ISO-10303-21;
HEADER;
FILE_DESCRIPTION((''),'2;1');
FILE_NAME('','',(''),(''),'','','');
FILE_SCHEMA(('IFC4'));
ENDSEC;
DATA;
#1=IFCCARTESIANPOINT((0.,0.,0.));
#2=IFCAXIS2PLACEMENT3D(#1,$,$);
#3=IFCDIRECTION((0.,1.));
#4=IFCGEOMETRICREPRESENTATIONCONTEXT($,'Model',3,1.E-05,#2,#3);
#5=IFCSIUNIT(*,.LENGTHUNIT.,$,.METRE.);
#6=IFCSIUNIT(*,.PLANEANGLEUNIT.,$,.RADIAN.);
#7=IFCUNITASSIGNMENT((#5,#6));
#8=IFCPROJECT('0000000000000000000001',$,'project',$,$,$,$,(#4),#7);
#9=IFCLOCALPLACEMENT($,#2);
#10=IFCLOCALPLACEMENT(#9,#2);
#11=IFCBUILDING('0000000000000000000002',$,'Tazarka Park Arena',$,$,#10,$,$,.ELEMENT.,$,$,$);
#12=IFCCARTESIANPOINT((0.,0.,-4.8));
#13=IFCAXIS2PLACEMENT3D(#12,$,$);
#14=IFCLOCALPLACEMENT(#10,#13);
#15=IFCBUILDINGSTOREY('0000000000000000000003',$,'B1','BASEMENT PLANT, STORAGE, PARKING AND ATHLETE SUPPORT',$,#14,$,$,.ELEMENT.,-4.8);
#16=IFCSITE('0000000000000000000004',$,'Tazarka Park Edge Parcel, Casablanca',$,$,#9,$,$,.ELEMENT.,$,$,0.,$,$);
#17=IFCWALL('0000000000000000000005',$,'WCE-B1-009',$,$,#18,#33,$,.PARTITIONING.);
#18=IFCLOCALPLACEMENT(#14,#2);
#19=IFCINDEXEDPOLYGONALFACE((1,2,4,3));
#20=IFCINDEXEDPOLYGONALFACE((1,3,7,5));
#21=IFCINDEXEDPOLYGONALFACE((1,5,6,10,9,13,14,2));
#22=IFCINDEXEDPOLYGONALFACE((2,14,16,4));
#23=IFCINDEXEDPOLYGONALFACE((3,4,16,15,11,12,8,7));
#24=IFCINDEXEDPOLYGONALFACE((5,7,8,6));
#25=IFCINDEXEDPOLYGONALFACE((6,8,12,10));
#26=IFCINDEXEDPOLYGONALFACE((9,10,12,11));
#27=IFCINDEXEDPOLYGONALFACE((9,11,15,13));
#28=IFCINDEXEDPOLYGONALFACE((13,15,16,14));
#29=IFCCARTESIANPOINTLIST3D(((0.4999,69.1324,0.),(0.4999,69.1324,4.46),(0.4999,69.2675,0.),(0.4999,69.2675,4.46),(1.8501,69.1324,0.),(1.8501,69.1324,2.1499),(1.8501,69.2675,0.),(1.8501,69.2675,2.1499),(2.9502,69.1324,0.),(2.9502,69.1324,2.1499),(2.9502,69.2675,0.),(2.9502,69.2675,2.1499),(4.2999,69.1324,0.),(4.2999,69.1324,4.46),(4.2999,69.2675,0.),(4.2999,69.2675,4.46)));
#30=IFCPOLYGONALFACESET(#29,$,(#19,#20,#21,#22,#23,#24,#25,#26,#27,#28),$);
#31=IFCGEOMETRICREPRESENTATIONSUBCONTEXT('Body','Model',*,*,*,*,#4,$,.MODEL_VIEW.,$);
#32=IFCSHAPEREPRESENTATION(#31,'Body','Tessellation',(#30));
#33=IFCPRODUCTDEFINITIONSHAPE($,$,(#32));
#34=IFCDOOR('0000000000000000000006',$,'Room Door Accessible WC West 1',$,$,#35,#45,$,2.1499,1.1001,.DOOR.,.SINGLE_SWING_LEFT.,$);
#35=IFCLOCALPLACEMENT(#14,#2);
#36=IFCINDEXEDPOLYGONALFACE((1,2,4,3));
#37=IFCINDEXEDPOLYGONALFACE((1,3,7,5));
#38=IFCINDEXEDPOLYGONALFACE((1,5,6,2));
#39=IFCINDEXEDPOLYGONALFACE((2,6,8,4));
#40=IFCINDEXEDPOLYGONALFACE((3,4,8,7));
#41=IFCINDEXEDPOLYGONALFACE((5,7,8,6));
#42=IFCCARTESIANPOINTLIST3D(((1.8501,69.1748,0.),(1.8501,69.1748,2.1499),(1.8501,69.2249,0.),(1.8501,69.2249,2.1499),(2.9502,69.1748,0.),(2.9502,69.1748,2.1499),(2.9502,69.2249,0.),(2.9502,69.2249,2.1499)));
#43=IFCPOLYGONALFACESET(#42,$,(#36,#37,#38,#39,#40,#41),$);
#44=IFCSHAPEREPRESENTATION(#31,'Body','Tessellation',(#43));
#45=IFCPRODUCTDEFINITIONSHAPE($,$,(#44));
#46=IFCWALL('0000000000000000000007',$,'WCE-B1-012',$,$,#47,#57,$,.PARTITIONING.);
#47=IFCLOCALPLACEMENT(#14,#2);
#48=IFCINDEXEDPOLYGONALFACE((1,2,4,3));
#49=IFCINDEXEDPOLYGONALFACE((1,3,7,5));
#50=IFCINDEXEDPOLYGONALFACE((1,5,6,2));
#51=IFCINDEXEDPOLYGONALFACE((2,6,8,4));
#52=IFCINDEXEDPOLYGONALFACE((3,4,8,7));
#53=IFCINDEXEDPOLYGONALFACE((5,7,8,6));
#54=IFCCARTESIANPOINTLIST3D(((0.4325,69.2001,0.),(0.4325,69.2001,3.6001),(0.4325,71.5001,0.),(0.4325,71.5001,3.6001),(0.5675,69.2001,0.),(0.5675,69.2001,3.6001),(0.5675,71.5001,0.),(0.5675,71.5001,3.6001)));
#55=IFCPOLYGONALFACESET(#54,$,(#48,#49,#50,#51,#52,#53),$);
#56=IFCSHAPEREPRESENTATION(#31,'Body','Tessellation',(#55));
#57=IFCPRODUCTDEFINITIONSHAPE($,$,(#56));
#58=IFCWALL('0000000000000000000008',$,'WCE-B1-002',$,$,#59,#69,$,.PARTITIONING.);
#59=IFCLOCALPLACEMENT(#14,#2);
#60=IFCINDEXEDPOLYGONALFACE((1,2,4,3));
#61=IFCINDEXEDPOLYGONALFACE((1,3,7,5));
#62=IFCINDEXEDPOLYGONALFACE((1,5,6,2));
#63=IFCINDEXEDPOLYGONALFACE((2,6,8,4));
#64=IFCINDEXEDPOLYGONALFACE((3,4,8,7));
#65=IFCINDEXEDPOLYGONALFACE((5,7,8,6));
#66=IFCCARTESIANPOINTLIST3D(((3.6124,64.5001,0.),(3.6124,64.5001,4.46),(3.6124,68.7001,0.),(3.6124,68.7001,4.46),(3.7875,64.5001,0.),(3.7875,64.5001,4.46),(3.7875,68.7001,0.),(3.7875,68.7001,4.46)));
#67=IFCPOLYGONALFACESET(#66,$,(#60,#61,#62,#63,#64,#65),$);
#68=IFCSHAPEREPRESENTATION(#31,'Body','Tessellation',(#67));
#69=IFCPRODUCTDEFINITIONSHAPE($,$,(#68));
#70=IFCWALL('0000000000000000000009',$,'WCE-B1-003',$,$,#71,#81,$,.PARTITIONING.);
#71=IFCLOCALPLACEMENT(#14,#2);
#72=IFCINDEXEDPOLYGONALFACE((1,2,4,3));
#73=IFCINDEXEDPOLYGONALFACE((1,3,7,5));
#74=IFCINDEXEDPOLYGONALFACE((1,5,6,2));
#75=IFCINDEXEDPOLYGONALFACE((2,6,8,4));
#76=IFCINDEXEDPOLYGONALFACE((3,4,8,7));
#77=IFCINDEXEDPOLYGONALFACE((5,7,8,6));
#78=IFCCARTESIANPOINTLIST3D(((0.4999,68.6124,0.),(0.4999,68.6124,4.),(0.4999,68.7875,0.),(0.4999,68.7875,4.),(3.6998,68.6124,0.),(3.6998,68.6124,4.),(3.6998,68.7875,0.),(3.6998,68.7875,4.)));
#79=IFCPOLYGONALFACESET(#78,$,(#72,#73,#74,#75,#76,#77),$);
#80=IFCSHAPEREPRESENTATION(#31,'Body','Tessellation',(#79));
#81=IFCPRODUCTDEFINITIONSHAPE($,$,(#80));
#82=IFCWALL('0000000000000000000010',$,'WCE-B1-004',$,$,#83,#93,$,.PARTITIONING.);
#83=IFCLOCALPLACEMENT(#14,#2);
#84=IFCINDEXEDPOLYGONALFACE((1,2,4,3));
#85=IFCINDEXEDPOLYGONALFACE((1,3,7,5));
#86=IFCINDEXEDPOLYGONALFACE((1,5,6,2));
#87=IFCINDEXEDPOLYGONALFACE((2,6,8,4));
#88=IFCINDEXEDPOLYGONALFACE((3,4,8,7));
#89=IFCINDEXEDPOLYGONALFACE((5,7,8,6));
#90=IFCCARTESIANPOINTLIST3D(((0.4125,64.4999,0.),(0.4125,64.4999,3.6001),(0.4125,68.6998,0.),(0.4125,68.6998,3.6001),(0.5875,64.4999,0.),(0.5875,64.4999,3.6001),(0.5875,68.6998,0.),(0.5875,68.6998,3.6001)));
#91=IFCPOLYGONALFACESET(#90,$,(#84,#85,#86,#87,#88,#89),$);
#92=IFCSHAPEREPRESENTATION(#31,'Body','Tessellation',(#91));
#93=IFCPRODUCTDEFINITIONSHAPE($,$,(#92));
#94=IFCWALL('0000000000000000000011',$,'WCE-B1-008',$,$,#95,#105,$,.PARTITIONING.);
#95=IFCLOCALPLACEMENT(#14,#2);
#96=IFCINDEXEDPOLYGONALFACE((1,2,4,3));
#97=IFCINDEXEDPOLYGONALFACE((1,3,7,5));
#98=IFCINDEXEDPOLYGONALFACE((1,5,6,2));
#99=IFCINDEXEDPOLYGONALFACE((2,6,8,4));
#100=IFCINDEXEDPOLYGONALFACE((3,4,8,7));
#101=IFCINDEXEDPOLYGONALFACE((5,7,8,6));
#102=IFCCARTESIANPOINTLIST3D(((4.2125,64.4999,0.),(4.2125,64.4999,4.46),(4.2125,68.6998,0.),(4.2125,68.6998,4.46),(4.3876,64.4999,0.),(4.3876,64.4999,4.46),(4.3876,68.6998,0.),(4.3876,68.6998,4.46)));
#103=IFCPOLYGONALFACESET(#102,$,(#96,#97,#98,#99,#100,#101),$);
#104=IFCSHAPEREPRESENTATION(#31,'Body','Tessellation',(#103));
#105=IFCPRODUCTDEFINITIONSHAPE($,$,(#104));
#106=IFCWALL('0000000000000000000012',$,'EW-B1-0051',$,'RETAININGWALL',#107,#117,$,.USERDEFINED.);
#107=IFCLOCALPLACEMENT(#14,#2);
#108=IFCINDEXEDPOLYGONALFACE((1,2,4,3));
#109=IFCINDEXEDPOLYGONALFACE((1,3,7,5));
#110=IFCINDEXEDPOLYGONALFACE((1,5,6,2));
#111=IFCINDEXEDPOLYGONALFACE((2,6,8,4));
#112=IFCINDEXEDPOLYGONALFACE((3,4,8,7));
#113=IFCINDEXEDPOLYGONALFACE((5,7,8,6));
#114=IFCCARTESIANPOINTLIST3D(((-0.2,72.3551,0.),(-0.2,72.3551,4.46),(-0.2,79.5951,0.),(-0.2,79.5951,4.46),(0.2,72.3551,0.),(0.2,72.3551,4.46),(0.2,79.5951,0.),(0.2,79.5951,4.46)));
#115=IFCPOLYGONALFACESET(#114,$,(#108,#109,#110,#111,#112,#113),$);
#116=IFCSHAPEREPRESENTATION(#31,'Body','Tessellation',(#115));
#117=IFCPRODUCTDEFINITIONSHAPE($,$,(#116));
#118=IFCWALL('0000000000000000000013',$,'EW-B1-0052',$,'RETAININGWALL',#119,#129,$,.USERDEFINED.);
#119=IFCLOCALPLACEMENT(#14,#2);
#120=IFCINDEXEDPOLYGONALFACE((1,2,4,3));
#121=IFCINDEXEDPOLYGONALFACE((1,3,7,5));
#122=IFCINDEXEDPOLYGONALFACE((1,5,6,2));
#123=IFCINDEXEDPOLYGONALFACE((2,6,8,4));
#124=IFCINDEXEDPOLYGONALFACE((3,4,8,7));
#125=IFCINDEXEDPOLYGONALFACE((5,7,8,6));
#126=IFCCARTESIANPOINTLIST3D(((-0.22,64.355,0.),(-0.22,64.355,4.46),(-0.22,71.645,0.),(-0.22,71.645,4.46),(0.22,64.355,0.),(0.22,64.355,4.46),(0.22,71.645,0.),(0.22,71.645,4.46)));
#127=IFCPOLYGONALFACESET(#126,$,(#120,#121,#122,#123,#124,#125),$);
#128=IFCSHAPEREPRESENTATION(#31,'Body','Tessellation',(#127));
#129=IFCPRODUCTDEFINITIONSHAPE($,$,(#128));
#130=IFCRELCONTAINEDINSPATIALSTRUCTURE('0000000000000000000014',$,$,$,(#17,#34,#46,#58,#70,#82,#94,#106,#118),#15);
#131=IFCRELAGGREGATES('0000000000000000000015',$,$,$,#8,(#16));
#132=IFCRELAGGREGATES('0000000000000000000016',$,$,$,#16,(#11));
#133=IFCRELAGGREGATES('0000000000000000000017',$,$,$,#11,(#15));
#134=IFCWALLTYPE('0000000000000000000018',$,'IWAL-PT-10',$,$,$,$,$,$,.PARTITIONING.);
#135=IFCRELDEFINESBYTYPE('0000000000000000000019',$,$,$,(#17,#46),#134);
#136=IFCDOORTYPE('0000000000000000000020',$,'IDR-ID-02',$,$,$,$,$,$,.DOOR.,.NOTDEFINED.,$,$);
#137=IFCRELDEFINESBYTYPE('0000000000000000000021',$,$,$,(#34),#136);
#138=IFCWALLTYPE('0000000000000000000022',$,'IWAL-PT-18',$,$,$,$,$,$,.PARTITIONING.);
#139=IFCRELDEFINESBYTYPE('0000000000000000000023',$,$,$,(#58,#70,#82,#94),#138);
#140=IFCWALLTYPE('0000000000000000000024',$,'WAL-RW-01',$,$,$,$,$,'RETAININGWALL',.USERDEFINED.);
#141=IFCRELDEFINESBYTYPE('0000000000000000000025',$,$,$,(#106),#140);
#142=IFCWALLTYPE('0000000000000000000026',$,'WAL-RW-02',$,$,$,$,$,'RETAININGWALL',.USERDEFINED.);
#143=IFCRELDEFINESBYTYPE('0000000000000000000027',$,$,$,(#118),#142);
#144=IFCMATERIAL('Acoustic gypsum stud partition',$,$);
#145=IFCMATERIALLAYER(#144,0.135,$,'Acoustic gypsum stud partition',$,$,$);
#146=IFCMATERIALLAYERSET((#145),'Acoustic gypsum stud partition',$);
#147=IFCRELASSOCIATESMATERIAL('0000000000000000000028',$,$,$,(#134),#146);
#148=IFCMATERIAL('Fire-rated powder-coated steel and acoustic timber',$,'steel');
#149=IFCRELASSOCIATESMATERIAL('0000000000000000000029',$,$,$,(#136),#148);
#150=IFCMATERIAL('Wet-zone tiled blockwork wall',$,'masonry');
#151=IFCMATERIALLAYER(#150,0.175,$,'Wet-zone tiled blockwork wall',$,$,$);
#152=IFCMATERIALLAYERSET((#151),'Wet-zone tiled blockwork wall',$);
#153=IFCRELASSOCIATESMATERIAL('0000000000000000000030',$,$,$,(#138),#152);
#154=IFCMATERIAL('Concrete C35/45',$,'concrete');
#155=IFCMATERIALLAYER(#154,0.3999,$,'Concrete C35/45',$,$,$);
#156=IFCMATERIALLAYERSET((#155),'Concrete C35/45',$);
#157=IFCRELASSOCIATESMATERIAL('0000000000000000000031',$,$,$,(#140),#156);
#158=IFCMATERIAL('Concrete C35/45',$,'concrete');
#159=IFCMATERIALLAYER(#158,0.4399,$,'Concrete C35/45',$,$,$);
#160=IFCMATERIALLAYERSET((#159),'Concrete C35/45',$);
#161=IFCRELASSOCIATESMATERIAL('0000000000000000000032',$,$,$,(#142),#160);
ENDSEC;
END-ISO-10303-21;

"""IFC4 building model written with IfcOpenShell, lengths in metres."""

from ifc_helpers import new_model, si_unit, direction, frame, frame_2d, origin, place, context, subcontext, project, spatial, rectangle, extrude, material, layer, layer_set, type_object, element, fill, save


model = new_model("IFC4")

# Units and contexts
model_context = context("Model", 3, precision=1e-05, world=origin(), true_north=direction((0.0, 1.0)))
body_context = subcontext(model_context, "Body", "Model", "MODEL_VIEW")
ifc_project = project(units=[si_unit("LENGTHUNIT", "METRE"), si_unit("PLANEANGLEUNIT", "RADIAN")], contexts=[model_context])

# Site, building, storey
site_placement = place(None, origin())
site = spatial("IfcSite", under=ifc_project, at=site_placement, Name="Tazarka Park Edge Parcel, Casablanca", CompositionType="ELEMENT", RefElevation=0.0)
building_placement = place(site_placement, origin())
building = spatial("IfcBuilding", under=site, at=building_placement, Name="Tazarka Park Arena", CompositionType="ELEMENT")
storey_placement = place(building_placement, frame((0.0, 0.0, -4.8)))
storey = spatial("IfcBuildingStorey", under=building, at=storey_placement, Name="B1", Description="BASEMENT PLANT, STORAGE, PARKING AND ATHLETE SUPPORT", CompositionType="ELEMENT", Elevation=-4.8)

# Wall, opening, door
ifc_material_1 = material(Name="Acoustic gypsum stud partition")
ifc_layer_1 = layer(ifc_material_1, 0.135, Name="Acoustic gypsum stud partition")
ifc_layer_set_1 = layer_set([ifc_layer_1], Name="Acoustic gypsum stud partition")
wall_type_1 = type_object("IfcWallType", Name="IWAL-PT-10", PredefinedType="PARTITIONING", material=ifc_layer_set_1)
wall_1_placement = place(storey_placement, frame((0.5, 69.2, 0.0), z_axis=(0.0, 0.0, 1.0), x_axis=(1.0, 0.0, 0.0)))
wall_1 = element("IfcWall", 1, at=wall_1_placement, inside=storey, type_object=wall_type_1, Name="WCE-B1-009", PredefinedType="PARTITIONING", context=body_context, shape_type="SweptSolid", body=[
    extrude(rectangle(XDim=3.8, YDim=0.135, at=frame_2d((1.8999, 0.0))), origin(), (0.0, 0.0, 1.0), 4.46),
])
opening_1_placement = place(wall_1_placement, frame((1.3501, 0.0, 0.0)))
opening_1 = element("IfcOpeningElement", 2, at=opening_1_placement, cuts=wall_1, PredefinedType="OPENING", context=body_context, shape_type="SweptSolid", body=[
    extrude(rectangle(XDim=1.1001, YDim=2.1499, at=frame_2d((0.55, 1.075))), frame((0.0, 0.0776, 0.0), z_axis=(0.0, -1.0, 0.0), x_axis=(1.0, 0.0, 0.0)), (0.0, 0.0, 1.0), 0.155),
])
ifc_material_2 = material(Name="Fire-rated powder-coated steel and acoustic timber", Category="steel")
door_type_1 = type_object("IfcDoorType", Name="IDR-ID-02", OperationType="NOTDEFINED", PredefinedType="DOOR", material=ifc_material_2)
door_1_placement = place(opening_1_placement, origin())
door_1 = element("IfcDoor", 3, at=door_1_placement, inside=storey, type_object=door_type_1, Name="Room Door Accessible WC West 1", OperationType="SINGLE_SWING_LEFT", OverallHeight=2.1499, OverallWidth=1.1001, PredefinedType="DOOR", context=body_context, shape_type="SweptSolid", body=[
    extrude(rectangle(XDim=1.1001, YDim=2.1499, at=frame_2d((0.55, 1.075))), frame((0.0, 0.0249, 0.0), z_axis=(0.0, -1.0, 0.0), x_axis=(1.0, 0.0, 0.0)), (0.0, 0.0, 1.0), 0.05),
])
fill(opening_1, door_1)

# Wall
wall_2_placement = place(storey_placement, frame((0.5, 71.5, 0.0), z_axis=(0.0, 0.0, 1.0), x_axis=(0.0, -1.0, 0.0)))
element("IfcWall", 4, at=wall_2_placement, inside=storey, type_object=wall_type_1, Name="WCE-B1-012", PredefinedType="PARTITIONING", context=body_context, shape_type="SweptSolid", body=[
    extrude(rectangle(XDim=2.3, YDim=0.135, at=frame_2d((1.1499, 0.0))), origin(), (0.0, 0.0, 1.0), 3.6001),
])

# Shared definitions
ifc_material_3 = material(Name="Wet-zone tiled blockwork wall", Category="masonry")
ifc_layer_2 = layer(ifc_material_3, 0.175, Name="Wet-zone tiled blockwork wall")
ifc_layer_set_2 = layer_set([ifc_layer_2], Name="Wet-zone tiled blockwork wall")
wall_type_2 = type_object("IfcWallType", Name="IWAL-PT-18", PredefinedType="PARTITIONING", material=ifc_layer_set_2)

# Walls
wall_3_placement = place(storey_placement, frame((3.7, 64.5, 0.0), z_axis=(0.0, 0.0, 1.0), x_axis=(0.0, 1.0, 0.0)))
element("IfcWall", 5, at=wall_3_placement, inside=storey, type_object=wall_type_2, Name="WCE-B1-002", PredefinedType="PARTITIONING", context=body_context, shape_type="SweptSolid", body=[
    extrude(rectangle(XDim=4.2, YDim=0.175, at=frame_2d((2.1001, 0.0))), origin(), (0.0, 0.0, 1.0), 4.46),
])
wall_4_placement = place(storey_placement, frame((3.7, 68.7, 0.0), z_axis=(0.0, 0.0, 1.0), x_axis=(-1.0, 0.0, 0.0)))
element("IfcWall", 6, at=wall_4_placement, inside=storey, type_object=wall_type_2, Name="WCE-B1-003", PredefinedType="PARTITIONING", context=body_context, shape_type="SweptSolid", body=[
    extrude(rectangle(XDim=3.2, YDim=0.175, at=frame_2d((1.6001, 0.0))), origin(), (0.0, 0.0, 1.0), 4.0),
])
wall_5_placement = place(storey_placement, frame((0.5, 68.7, 0.0), z_axis=(0.0, 0.0, 1.0), x_axis=(0.0, -1.0, 0.0)))
element("IfcWall", 7, at=wall_5_placement, inside=storey, type_object=wall_type_2, Name="WCE-B1-004", PredefinedType="PARTITIONING", context=body_context, shape_type="SweptSolid", body=[
    extrude(rectangle(XDim=4.2, YDim=0.175, at=frame_2d((2.1001, 0.0))), origin(), (0.0, 0.0, 1.0), 3.6001),
])

# Walls
wall_6_placement = place(storey_placement, frame((4.3, 68.7, 0.0), z_axis=(0.0, 0.0, 1.0), x_axis=(0.0, -1.0, 0.0)))
element("IfcWall", 8, at=wall_6_placement, inside=storey, type_object=wall_type_2, Name="WCE-B1-008", PredefinedType="PARTITIONING", context=body_context, shape_type="SweptSolid", body=[
    extrude(rectangle(XDim=4.2, YDim=0.175, at=frame_2d((2.1001, 0.0))), origin(), (0.0, 0.0, 1.0), 4.46),
])
ifc_material_4 = material(Name="Concrete C35/45", Category="concrete")
ifc_layer_3 = layer(ifc_material_4, 0.3999, Name="Concrete C35/45")
ifc_layer_set_3 = layer_set([ifc_layer_3], Name="Concrete C35/45")
wall_type_3 = type_object("IfcWallType", Name="WAL-RW-01", ElementType="RETAININGWALL", PredefinedType="USERDEFINED", material=ifc_layer_set_3)
wall_7_placement = place(storey_placement, frame((0.0, 72.355, 0.0), z_axis=(0.0, 0.0, 1.0), x_axis=(0.0, 1.0, 0.0)))
element("IfcWall", 9, at=wall_7_placement, inside=storey, type_object=wall_type_3, Name="EW-B1-0051", ObjectType="RETAININGWALL", PredefinedType="USERDEFINED", context=body_context, shape_type="SweptSolid", body=[
    extrude(rectangle(XDim=7.24, YDim=0.3999, at=frame_2d((3.6201, 0.0))), origin(), (0.0, 0.0, 1.0), 4.46),
])
ifc_material_5 = material(Name="Concrete C35/45", Category="concrete")
ifc_layer_4 = layer(ifc_material_5, 0.4399, Name="Concrete C35/45")
ifc_layer_set_4 = layer_set([ifc_layer_4], Name="Concrete C35/45")
wall_type_4 = type_object("IfcWallType", Name="WAL-RW-02", ElementType="RETAININGWALL", PredefinedType="USERDEFINED", material=ifc_layer_set_4)
wall_8_placement = place(storey_placement, frame((0.0, 64.355, 0.0), z_axis=(0.0, 0.0, 1.0), x_axis=(0.0, 1.0, 0.0)))
element("IfcWall", 10, at=wall_8_placement, inside=storey, type_object=wall_type_4, Name="EW-B1-0052", ObjectType="RETAININGWALL", PredefinedType="USERDEFINED", context=body_context, shape_type="SweptSolid", body=[
    extrude(rectangle(XDim=7.29, YDim=0.4399, at=frame_2d((3.645, 0.0))), origin(), (0.0, 0.0, 1.0), 4.46),
])

save(model, "model.ifc")
